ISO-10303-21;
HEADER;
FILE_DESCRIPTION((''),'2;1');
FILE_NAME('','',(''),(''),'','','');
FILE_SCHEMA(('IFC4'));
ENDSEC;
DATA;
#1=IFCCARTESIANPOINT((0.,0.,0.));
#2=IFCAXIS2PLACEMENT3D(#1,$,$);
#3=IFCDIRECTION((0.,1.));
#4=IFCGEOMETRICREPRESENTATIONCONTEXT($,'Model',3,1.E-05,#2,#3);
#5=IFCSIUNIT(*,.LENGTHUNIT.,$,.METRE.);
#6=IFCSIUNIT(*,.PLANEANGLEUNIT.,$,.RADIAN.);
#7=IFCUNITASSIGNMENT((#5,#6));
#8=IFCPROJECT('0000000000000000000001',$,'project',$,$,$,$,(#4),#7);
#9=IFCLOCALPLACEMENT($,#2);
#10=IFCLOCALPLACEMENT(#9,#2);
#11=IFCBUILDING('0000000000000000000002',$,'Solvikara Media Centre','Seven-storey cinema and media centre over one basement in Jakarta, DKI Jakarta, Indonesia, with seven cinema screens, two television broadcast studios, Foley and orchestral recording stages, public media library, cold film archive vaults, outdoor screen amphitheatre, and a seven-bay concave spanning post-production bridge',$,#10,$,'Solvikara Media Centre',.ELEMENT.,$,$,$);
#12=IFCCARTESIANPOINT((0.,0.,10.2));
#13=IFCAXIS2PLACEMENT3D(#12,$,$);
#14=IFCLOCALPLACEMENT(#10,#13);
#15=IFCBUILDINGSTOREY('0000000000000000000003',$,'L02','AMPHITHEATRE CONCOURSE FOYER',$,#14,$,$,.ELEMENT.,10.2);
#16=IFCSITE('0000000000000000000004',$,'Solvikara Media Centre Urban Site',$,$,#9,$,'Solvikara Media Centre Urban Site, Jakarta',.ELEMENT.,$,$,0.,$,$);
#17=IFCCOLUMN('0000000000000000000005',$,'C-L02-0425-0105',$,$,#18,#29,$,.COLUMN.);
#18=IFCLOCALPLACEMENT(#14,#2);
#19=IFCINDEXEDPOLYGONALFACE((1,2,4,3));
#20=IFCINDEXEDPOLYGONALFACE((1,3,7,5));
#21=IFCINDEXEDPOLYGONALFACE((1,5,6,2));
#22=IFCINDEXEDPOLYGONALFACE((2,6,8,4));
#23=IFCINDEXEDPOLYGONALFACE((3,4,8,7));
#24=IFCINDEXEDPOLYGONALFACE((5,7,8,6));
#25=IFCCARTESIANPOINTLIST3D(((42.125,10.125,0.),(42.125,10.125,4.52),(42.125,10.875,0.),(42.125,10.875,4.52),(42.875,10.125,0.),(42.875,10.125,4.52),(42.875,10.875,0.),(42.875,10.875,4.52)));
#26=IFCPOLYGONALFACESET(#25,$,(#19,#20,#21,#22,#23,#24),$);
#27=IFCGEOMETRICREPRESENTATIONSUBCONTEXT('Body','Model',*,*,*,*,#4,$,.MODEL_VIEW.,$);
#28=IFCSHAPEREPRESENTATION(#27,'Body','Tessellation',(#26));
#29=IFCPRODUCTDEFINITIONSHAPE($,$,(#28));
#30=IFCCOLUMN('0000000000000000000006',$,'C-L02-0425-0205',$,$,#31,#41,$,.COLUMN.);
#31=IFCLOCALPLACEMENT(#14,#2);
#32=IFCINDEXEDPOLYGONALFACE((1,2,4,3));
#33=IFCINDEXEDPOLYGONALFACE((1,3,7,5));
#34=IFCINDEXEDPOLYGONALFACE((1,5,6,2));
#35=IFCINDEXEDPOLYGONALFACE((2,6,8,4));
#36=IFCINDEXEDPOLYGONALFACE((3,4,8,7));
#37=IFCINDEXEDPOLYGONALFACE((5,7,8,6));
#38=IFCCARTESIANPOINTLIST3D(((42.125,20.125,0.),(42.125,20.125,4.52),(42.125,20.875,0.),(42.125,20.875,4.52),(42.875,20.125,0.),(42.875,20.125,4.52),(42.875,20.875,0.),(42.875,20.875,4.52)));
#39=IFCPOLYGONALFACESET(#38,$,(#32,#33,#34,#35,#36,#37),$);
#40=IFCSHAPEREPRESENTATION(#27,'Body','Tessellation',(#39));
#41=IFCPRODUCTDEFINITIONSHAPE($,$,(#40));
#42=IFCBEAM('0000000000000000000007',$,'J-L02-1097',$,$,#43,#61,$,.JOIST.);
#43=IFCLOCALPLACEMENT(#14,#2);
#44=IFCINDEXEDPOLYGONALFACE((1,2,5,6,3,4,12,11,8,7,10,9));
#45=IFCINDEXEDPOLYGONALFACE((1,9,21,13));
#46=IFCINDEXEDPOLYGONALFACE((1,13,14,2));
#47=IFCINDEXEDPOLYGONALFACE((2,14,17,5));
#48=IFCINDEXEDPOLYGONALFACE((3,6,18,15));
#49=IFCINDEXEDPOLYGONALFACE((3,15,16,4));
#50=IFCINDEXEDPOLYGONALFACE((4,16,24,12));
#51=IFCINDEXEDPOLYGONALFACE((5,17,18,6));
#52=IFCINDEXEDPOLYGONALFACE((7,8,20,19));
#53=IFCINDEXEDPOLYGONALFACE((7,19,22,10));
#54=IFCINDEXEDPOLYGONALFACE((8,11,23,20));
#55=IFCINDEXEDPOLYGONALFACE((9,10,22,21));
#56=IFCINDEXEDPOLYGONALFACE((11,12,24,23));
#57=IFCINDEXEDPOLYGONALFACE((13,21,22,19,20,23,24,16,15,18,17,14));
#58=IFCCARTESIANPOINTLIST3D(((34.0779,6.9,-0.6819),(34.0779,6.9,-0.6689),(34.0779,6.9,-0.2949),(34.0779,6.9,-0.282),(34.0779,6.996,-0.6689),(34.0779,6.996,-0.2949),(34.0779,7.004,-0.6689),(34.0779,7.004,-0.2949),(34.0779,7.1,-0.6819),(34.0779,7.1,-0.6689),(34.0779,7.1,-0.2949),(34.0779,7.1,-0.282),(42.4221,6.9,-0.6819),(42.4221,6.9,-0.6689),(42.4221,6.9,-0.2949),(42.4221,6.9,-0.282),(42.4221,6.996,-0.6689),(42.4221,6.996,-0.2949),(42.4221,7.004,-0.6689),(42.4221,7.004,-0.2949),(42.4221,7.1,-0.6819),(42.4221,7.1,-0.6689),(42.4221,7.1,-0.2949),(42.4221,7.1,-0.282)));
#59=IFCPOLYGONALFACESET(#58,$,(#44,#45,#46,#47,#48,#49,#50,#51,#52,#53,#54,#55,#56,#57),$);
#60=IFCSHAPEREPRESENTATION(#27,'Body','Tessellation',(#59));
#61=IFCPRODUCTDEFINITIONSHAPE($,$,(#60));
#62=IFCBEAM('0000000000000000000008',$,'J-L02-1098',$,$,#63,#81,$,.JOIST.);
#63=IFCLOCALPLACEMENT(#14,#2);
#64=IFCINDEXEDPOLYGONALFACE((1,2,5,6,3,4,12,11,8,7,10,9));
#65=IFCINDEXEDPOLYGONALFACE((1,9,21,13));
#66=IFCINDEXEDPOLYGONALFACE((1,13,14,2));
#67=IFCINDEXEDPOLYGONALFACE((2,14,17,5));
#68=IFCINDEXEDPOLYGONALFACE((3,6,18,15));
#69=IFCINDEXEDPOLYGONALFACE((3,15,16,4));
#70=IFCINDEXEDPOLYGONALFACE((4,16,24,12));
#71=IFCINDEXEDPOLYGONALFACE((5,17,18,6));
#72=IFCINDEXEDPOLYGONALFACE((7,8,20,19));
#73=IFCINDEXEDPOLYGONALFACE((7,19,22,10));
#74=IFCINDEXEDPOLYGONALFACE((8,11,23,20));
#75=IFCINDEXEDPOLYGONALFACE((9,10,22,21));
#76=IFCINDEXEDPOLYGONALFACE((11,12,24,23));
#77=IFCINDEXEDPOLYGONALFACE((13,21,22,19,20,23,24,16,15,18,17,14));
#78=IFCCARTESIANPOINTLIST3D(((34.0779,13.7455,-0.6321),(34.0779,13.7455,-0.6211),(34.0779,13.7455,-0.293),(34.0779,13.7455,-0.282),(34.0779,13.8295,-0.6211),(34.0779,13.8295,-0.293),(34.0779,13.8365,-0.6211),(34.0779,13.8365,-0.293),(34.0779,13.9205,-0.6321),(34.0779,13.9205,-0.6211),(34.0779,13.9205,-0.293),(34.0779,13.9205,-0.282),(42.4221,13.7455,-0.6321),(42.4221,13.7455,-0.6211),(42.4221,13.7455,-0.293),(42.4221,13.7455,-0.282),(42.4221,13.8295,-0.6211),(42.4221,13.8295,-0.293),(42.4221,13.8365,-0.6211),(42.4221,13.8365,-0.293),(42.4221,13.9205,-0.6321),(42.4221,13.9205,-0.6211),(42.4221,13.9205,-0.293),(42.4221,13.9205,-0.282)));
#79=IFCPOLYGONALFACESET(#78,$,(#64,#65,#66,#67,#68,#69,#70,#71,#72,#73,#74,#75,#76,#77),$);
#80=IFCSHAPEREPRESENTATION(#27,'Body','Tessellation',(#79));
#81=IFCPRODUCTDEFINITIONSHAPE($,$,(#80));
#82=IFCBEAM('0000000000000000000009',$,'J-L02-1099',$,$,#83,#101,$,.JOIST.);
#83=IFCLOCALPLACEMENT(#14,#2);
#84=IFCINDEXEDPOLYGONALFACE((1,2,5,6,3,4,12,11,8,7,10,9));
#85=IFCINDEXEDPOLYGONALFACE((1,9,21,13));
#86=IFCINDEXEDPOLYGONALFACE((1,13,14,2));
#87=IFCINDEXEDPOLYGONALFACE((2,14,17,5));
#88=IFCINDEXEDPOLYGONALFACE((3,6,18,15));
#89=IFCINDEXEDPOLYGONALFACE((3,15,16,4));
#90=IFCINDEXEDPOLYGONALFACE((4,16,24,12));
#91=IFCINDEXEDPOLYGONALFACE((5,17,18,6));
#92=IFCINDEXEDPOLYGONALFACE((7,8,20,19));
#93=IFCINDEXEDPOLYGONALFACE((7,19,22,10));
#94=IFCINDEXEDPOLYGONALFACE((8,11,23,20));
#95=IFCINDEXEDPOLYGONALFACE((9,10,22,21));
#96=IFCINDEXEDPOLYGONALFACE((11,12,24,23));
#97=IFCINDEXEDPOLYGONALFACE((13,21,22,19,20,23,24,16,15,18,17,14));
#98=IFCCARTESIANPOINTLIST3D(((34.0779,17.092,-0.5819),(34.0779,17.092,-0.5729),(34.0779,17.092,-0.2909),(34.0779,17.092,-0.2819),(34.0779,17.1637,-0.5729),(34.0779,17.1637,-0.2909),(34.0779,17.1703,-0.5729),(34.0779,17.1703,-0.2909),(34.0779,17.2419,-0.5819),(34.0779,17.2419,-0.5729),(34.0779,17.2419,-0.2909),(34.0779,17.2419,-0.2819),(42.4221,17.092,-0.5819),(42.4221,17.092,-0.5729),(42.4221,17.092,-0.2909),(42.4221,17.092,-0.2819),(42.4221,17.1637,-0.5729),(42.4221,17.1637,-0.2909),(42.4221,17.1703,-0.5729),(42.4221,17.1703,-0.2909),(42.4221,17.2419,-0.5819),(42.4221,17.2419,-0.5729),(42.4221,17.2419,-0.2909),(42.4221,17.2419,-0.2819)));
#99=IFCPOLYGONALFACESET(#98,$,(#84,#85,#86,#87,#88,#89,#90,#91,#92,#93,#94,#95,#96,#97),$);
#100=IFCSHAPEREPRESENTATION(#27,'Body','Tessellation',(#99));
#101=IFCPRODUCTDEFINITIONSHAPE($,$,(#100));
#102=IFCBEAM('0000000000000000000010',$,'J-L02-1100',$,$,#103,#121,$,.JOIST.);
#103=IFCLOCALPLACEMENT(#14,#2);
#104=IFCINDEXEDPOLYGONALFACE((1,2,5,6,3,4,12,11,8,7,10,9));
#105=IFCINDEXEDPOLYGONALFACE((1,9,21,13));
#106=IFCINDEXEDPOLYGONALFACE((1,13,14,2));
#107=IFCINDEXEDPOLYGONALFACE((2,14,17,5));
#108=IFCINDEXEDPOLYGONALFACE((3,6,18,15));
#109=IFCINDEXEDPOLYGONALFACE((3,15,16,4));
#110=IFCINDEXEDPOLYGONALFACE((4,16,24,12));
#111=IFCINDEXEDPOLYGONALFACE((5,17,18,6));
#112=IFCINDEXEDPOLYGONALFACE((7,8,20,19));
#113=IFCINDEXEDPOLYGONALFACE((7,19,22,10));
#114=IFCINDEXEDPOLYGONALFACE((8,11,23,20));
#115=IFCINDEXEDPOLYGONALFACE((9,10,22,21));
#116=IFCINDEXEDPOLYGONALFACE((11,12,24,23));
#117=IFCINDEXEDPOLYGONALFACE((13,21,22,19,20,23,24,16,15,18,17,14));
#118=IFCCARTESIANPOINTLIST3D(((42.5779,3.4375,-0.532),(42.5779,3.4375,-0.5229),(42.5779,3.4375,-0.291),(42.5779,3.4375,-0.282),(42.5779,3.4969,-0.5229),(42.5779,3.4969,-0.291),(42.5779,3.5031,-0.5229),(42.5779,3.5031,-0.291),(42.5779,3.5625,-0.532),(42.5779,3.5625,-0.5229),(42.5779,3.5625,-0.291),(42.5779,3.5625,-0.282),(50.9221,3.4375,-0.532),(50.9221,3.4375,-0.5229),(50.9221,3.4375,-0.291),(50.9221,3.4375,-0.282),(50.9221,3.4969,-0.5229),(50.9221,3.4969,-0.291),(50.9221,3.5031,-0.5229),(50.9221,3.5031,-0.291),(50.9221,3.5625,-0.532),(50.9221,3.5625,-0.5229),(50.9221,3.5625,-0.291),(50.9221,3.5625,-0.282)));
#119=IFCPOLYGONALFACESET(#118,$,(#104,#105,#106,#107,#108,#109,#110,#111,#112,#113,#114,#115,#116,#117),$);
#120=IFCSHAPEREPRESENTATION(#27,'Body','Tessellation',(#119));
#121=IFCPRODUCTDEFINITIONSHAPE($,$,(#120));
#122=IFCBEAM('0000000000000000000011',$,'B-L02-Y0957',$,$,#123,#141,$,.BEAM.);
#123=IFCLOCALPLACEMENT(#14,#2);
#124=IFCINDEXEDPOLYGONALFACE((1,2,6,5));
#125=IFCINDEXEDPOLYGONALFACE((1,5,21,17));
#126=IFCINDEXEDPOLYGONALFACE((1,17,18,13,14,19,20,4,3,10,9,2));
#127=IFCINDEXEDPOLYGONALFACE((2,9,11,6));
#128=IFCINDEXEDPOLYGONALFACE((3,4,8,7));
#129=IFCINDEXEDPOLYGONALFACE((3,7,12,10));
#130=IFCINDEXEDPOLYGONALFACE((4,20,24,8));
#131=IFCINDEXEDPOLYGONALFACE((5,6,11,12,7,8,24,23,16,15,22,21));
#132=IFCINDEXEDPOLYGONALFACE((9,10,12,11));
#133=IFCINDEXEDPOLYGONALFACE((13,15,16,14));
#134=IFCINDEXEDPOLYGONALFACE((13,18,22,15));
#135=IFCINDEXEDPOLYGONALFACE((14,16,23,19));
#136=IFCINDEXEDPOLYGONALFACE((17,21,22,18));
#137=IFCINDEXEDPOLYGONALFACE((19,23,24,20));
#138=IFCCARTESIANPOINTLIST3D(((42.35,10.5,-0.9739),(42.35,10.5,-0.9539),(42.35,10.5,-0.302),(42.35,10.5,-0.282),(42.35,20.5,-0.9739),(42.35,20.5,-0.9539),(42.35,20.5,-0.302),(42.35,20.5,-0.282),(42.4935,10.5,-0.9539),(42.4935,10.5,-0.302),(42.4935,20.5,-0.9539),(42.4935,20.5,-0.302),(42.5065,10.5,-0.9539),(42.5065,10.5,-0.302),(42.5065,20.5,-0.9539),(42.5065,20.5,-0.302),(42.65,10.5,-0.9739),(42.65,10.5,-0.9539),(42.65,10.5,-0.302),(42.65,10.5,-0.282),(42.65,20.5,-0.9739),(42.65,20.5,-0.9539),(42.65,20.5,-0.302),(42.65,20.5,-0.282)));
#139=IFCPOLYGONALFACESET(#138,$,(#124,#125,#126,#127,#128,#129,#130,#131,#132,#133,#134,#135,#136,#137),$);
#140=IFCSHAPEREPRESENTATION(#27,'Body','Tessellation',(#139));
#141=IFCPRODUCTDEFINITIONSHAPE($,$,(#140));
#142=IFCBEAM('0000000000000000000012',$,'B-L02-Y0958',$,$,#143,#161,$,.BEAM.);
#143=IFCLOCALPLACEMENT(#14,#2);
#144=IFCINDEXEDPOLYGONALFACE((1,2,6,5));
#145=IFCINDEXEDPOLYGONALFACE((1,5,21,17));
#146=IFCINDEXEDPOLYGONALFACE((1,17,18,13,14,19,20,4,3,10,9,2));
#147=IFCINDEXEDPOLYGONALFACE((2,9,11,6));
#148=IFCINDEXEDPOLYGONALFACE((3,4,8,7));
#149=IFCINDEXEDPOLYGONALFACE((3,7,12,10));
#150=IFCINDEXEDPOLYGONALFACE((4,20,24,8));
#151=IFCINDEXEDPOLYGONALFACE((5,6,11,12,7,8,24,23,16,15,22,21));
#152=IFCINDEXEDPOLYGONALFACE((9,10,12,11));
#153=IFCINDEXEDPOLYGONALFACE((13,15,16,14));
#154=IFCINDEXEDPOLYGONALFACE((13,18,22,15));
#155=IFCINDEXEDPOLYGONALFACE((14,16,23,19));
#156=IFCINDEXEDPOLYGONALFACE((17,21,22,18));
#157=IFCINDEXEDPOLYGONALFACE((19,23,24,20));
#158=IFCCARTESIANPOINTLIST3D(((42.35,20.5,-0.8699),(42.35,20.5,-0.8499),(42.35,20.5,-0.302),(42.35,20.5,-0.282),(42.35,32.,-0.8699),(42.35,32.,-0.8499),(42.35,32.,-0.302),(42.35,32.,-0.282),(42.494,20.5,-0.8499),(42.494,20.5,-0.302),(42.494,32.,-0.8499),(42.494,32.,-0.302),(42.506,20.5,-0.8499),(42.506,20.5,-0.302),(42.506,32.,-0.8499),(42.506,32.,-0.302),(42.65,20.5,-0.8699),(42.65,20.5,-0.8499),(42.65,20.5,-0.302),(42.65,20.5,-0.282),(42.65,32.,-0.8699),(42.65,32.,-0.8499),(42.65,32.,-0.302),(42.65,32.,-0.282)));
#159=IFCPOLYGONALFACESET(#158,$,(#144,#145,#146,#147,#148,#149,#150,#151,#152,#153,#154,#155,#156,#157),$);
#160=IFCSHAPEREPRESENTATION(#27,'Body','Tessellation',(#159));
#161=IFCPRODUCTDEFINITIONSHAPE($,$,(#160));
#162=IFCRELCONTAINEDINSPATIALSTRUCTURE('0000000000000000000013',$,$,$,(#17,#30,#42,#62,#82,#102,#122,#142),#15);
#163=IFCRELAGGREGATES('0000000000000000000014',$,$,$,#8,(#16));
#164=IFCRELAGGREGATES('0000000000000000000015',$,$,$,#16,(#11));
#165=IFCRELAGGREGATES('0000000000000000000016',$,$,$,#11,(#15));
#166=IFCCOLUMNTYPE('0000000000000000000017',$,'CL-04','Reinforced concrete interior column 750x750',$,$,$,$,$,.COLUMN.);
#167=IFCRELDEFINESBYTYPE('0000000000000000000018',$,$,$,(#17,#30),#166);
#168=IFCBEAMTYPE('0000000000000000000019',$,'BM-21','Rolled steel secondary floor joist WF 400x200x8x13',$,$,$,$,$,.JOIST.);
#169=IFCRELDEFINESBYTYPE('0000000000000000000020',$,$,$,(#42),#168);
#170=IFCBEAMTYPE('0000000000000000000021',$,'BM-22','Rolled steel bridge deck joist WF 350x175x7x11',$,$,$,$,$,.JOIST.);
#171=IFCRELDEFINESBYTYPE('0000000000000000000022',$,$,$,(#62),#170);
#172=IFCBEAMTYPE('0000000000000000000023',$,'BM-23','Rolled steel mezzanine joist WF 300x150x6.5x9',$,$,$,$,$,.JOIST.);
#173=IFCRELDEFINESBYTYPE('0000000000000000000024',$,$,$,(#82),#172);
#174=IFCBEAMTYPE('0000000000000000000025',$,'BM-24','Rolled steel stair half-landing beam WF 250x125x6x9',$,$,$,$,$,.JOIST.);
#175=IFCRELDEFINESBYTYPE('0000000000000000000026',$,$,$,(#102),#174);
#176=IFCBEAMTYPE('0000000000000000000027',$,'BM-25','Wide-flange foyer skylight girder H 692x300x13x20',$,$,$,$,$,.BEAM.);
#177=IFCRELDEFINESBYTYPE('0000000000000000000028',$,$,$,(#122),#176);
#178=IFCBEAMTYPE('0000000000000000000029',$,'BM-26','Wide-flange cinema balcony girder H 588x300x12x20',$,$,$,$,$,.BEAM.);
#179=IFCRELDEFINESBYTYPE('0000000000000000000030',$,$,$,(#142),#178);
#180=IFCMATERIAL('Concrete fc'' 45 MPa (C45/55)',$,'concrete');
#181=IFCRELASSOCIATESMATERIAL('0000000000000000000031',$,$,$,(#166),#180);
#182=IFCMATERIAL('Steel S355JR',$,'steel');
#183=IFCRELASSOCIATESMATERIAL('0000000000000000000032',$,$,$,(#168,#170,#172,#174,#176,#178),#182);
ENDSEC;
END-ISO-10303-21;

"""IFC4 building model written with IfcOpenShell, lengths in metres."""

from ifc_helpers import new_model, si_unit, direction, frame, origin, origin_2d, place, context, subcontext, project, spatial, rectangle, i_section, extrude, material, material_profile, profile_set, type_object, element, save


model = new_model("IFC4")

# Units and contexts
model_context = context("Model", 3, precision=1e-05, world=origin(), true_north=direction((0.0, 1.0)))
body_context = subcontext(model_context, "Body", "Model", "MODEL_VIEW")
ifc_project = project(units=[si_unit("LENGTHUNIT", "METRE"), si_unit("PLANEANGLEUNIT", "RADIAN")], contexts=[model_context])

# Site, building, storey
site_placement = place(None, origin())
site = spatial("IfcSite", under=ifc_project, at=site_placement, Name="Solvikara Media Centre Urban Site", LongName="Solvikara Media Centre Urban Site, Jakarta", CompositionType="ELEMENT", RefElevation=0.0)
building_placement = place(site_placement, origin())
building = spatial("IfcBuilding", under=site, at=building_placement, Name="Solvikara Media Centre", Description="Seven-storey cinema and media centre over one basement in Jakarta, DKI Jakarta, Indonesia, with seven cinema screens, two television broadcast studios, Foley and orchestral recording stages, public media library, cold film archive vaults, outdoor screen amphitheatre, and a seven-bay concave spanning post-production bridge", LongName="Solvikara Media Centre", CompositionType="ELEMENT")
storey_placement = place(building_placement, frame((0.0, 0.0, 10.2)))
storey = spatial("IfcBuildingStorey", under=building, at=storey_placement, Name="L02", Description="AMPHITHEATRE CONCOURSE FOYER", CompositionType="ELEMENT", Elevation=10.2)

# Columns
ifc_material_1 = material(Name="Concrete fc' 45 MPa (C45/55)", Category="concrete")
ifc_material_profile_1 = material_profile(ifc_material_1, rectangle(XDim=0.75, YDim=0.75, at=origin_2d()), Name="RC 750x750")
ifc_profile_set_1 = profile_set([ifc_material_profile_1], Name="Concrete fc' 45 MPa (C45/55)")
column_type = type_object("IfcColumnType", Name="CL-04", Description="Reinforced concrete interior column 750x750", PredefinedType="COLUMN", material=ifc_profile_set_1)
for number, where, z_axis, x_axis, name in (
    (1, (42.5, 10.5, 0.0), (0.0, 0.0, 1.0), (1.0, 0.0, 0.0), "C-L02-0425-0105"),
    (2, (42.5, 20.5, 0.0), (0.0, 0.0, 1.0), (1.0, 0.0, 0.0), "C-L02-0425-0205"),
):
    element("IfcColumn", number, at=place(storey_placement, frame(where, z_axis=z_axis, x_axis=x_axis)), inside=storey, type_object=column_type, Name=name, PredefinedType="COLUMN", context=body_context, shape_type="SweptSolid", body=[
        extrude(rectangle(XDim=0.75, YDim=0.75, at=origin_2d()), origin(), (0.0, 0.0, 1.0), 4.52),
    ])

# Beams
ifc_material_2 = material(Name="Steel S355JR", Category="steel")
ifc_material_profile_2 = material_profile(ifc_material_2, i_section(OverallWidth=0.2, OverallDepth=0.3999, WebThickness=0.0081, FlangeThickness=0.0129, at=origin_2d()), Name="WF 400x200x8x13")
ifc_profile_set_2 = profile_set([ifc_material_profile_2], Name="Steel S355JR")
beam_type_1 = type_object("IfcBeamType", Name="BM-21", Description="Rolled steel secondary floor joist WF 400x200x8x13", PredefinedType="JOIST", material=ifc_profile_set_2)
beam_1_placement = place(storey_placement, frame((34.0779, 7.0, -0.4819), z_axis=(1.0, 0.0, 0.0), x_axis=(0.0, 1.0, 0.0)))
element("IfcBeam", 3, at=beam_1_placement, inside=storey, type_object=beam_type_1, Name="J-L02-1097", PredefinedType="JOIST", context=body_context, shape_type="SweptSolid", body=[
    extrude(i_section(OverallWidth=0.2, OverallDepth=0.3999, WebThickness=0.0081, FlangeThickness=0.0129, at=origin_2d()), origin(), (0.0, 0.0, 1.0), 8.3442),
])
ifc_material_profile_3 = material_profile(ifc_material_2, i_section(OverallWidth=0.175, OverallDepth=0.3501, WebThickness=0.0071, FlangeThickness=0.011, at=origin_2d()), Name="WF 350x175x7x11")
ifc_profile_set_3 = profile_set([ifc_material_profile_3], Name="Steel S355JR")
beam_type_2 = type_object("IfcBeamType", Name="BM-22", Description="Rolled steel bridge deck joist WF 350x175x7x11", PredefinedType="JOIST", material=ifc_profile_set_3)
beam_2_placement = place(storey_placement, frame((34.0779, 13.833, -0.457), z_axis=(1.0, 0.0, 0.0), x_axis=(0.0, 1.0, 0.0)))
element("IfcBeam", 4, at=beam_2_placement, inside=storey, type_object=beam_type_2, Name="J-L02-1098", PredefinedType="JOIST", context=body_context, shape_type="SweptSolid", body=[
    extrude(i_section(OverallWidth=0.175, OverallDepth=0.3501, WebThickness=0.0071, FlangeThickness=0.011, at=origin_2d()), origin(), (0.0, 0.0, 1.0), 8.3442),
])
ifc_material_profile_4 = material_profile(ifc_material_2, i_section(OverallWidth=0.1499, OverallDepth=0.3, WebThickness=0.0066, FlangeThickness=0.009, at=origin_2d()), Name="WF 300x150x6.5x9")
ifc_profile_set_4 = profile_set([ifc_material_profile_4], Name="Steel S355JR")
beam_type_3 = type_object("IfcBeamType", Name="BM-23", Description="Rolled steel mezzanine joist WF 300x150x6.5x9", PredefinedType="JOIST", material=ifc_profile_set_4)
beam_3_placement = place(storey_placement, frame((34.0779, 17.167, -0.4319), z_axis=(1.0, 0.0, 0.0), x_axis=(0.0, 1.0, 0.0)))
element("IfcBeam", 5, at=beam_3_placement, inside=storey, type_object=beam_type_3, Name="J-L02-1099", PredefinedType="JOIST", context=body_context, shape_type="SweptSolid", body=[
    extrude(i_section(OverallWidth=0.1499, OverallDepth=0.3, WebThickness=0.0066, FlangeThickness=0.009, at=origin_2d()), origin(), (0.0, 0.0, 1.0), 8.3442),
])
ifc_material_profile_5 = material_profile(ifc_material_2, i_section(OverallWidth=0.125, OverallDepth=0.25, WebThickness=0.0061, FlangeThickness=0.009, at=origin_2d()), Name="WF 250x125x6x9")
ifc_profile_set_5 = profile_set([ifc_material_profile_5], Name="Steel S355JR")
beam_type_4 = type_object("IfcBeamType", Name="BM-24", Description="Rolled steel stair half-landing beam WF 250x125x6x9", PredefinedType="JOIST", material=ifc_profile_set_5)
beam_4_placement = place(storey_placement, frame((42.5779, 3.5, -0.407), z_axis=(1.0, 0.0, 0.0), x_axis=(0.0, 1.0, 0.0)))
element("IfcBeam", 6, at=beam_4_placement, inside=storey, type_object=beam_type_4, Name="J-L02-1100", PredefinedType="JOIST", context=body_context, shape_type="SweptSolid", body=[
    extrude(i_section(OverallWidth=0.125, OverallDepth=0.25, WebThickness=0.0061, FlangeThickness=0.009, at=origin_2d()), origin(), (0.0, 0.0, 1.0), 8.3442),
])
ifc_material_profile_6 = material_profile(ifc_material_2, i_section(OverallWidth=0.3, OverallDepth=0.6919, WebThickness=0.0129, FlangeThickness=0.02, at=origin_2d()), Name="H 692x300x13x20")
ifc_profile_set_6 = profile_set([ifc_material_profile_6], Name="Steel S355JR")
beam_type_5 = type_object("IfcBeamType", Name="BM-25", Description="Wide-flange foyer skylight girder H 692x300x13x20", PredefinedType="BEAM", material=ifc_profile_set_6)
beam_5_placement = place(storey_placement, frame((42.5, 10.5, -0.6279), z_axis=(0.0, 1.0, 0.0), x_axis=(-1.0, 0.0, 0.0)))
element("IfcBeam", 7, at=beam_5_placement, inside=storey, type_object=beam_type_5, Name="B-L02-Y0957", PredefinedType="BEAM", context=body_context, shape_type="SweptSolid", body=[
    extrude(i_section(OverallWidth=0.3, OverallDepth=0.6919, WebThickness=0.0129, FlangeThickness=0.02, at=origin_2d()), origin(), (0.0, 0.0, 1.0), 10.0),
])
ifc_material_profile_7 = material_profile(ifc_material_2, i_section(OverallWidth=0.3, OverallDepth=0.5879, WebThickness=0.012, FlangeThickness=0.02, at=origin_2d()), Name="H 588x300x12x20")
ifc_profile_set_7 = profile_set([ifc_material_profile_7], Name="Steel S355JR")
beam_type_6 = type_object("IfcBeamType", Name="BM-26", Description="Wide-flange cinema balcony girder H 588x300x12x20", PredefinedType="BEAM", material=ifc_profile_set_7)
beam_6_placement = place(storey_placement, frame((42.5, 20.5, -0.5759), z_axis=(0.0, 1.0, 0.0), x_axis=(-1.0, 0.0, 0.0)))
element("IfcBeam", 8, at=beam_6_placement, inside=storey, type_object=beam_type_6, Name="B-L02-Y0958", PredefinedType="BEAM", context=body_context, shape_type="SweptSolid", body=[
    extrude(i_section(OverallWidth=0.3, OverallDepth=0.5879, WebThickness=0.012, FlangeThickness=0.02, at=origin_2d()), origin(), (0.0, 0.0, 1.0), 11.5),
])

save(model, "model.ifc")
